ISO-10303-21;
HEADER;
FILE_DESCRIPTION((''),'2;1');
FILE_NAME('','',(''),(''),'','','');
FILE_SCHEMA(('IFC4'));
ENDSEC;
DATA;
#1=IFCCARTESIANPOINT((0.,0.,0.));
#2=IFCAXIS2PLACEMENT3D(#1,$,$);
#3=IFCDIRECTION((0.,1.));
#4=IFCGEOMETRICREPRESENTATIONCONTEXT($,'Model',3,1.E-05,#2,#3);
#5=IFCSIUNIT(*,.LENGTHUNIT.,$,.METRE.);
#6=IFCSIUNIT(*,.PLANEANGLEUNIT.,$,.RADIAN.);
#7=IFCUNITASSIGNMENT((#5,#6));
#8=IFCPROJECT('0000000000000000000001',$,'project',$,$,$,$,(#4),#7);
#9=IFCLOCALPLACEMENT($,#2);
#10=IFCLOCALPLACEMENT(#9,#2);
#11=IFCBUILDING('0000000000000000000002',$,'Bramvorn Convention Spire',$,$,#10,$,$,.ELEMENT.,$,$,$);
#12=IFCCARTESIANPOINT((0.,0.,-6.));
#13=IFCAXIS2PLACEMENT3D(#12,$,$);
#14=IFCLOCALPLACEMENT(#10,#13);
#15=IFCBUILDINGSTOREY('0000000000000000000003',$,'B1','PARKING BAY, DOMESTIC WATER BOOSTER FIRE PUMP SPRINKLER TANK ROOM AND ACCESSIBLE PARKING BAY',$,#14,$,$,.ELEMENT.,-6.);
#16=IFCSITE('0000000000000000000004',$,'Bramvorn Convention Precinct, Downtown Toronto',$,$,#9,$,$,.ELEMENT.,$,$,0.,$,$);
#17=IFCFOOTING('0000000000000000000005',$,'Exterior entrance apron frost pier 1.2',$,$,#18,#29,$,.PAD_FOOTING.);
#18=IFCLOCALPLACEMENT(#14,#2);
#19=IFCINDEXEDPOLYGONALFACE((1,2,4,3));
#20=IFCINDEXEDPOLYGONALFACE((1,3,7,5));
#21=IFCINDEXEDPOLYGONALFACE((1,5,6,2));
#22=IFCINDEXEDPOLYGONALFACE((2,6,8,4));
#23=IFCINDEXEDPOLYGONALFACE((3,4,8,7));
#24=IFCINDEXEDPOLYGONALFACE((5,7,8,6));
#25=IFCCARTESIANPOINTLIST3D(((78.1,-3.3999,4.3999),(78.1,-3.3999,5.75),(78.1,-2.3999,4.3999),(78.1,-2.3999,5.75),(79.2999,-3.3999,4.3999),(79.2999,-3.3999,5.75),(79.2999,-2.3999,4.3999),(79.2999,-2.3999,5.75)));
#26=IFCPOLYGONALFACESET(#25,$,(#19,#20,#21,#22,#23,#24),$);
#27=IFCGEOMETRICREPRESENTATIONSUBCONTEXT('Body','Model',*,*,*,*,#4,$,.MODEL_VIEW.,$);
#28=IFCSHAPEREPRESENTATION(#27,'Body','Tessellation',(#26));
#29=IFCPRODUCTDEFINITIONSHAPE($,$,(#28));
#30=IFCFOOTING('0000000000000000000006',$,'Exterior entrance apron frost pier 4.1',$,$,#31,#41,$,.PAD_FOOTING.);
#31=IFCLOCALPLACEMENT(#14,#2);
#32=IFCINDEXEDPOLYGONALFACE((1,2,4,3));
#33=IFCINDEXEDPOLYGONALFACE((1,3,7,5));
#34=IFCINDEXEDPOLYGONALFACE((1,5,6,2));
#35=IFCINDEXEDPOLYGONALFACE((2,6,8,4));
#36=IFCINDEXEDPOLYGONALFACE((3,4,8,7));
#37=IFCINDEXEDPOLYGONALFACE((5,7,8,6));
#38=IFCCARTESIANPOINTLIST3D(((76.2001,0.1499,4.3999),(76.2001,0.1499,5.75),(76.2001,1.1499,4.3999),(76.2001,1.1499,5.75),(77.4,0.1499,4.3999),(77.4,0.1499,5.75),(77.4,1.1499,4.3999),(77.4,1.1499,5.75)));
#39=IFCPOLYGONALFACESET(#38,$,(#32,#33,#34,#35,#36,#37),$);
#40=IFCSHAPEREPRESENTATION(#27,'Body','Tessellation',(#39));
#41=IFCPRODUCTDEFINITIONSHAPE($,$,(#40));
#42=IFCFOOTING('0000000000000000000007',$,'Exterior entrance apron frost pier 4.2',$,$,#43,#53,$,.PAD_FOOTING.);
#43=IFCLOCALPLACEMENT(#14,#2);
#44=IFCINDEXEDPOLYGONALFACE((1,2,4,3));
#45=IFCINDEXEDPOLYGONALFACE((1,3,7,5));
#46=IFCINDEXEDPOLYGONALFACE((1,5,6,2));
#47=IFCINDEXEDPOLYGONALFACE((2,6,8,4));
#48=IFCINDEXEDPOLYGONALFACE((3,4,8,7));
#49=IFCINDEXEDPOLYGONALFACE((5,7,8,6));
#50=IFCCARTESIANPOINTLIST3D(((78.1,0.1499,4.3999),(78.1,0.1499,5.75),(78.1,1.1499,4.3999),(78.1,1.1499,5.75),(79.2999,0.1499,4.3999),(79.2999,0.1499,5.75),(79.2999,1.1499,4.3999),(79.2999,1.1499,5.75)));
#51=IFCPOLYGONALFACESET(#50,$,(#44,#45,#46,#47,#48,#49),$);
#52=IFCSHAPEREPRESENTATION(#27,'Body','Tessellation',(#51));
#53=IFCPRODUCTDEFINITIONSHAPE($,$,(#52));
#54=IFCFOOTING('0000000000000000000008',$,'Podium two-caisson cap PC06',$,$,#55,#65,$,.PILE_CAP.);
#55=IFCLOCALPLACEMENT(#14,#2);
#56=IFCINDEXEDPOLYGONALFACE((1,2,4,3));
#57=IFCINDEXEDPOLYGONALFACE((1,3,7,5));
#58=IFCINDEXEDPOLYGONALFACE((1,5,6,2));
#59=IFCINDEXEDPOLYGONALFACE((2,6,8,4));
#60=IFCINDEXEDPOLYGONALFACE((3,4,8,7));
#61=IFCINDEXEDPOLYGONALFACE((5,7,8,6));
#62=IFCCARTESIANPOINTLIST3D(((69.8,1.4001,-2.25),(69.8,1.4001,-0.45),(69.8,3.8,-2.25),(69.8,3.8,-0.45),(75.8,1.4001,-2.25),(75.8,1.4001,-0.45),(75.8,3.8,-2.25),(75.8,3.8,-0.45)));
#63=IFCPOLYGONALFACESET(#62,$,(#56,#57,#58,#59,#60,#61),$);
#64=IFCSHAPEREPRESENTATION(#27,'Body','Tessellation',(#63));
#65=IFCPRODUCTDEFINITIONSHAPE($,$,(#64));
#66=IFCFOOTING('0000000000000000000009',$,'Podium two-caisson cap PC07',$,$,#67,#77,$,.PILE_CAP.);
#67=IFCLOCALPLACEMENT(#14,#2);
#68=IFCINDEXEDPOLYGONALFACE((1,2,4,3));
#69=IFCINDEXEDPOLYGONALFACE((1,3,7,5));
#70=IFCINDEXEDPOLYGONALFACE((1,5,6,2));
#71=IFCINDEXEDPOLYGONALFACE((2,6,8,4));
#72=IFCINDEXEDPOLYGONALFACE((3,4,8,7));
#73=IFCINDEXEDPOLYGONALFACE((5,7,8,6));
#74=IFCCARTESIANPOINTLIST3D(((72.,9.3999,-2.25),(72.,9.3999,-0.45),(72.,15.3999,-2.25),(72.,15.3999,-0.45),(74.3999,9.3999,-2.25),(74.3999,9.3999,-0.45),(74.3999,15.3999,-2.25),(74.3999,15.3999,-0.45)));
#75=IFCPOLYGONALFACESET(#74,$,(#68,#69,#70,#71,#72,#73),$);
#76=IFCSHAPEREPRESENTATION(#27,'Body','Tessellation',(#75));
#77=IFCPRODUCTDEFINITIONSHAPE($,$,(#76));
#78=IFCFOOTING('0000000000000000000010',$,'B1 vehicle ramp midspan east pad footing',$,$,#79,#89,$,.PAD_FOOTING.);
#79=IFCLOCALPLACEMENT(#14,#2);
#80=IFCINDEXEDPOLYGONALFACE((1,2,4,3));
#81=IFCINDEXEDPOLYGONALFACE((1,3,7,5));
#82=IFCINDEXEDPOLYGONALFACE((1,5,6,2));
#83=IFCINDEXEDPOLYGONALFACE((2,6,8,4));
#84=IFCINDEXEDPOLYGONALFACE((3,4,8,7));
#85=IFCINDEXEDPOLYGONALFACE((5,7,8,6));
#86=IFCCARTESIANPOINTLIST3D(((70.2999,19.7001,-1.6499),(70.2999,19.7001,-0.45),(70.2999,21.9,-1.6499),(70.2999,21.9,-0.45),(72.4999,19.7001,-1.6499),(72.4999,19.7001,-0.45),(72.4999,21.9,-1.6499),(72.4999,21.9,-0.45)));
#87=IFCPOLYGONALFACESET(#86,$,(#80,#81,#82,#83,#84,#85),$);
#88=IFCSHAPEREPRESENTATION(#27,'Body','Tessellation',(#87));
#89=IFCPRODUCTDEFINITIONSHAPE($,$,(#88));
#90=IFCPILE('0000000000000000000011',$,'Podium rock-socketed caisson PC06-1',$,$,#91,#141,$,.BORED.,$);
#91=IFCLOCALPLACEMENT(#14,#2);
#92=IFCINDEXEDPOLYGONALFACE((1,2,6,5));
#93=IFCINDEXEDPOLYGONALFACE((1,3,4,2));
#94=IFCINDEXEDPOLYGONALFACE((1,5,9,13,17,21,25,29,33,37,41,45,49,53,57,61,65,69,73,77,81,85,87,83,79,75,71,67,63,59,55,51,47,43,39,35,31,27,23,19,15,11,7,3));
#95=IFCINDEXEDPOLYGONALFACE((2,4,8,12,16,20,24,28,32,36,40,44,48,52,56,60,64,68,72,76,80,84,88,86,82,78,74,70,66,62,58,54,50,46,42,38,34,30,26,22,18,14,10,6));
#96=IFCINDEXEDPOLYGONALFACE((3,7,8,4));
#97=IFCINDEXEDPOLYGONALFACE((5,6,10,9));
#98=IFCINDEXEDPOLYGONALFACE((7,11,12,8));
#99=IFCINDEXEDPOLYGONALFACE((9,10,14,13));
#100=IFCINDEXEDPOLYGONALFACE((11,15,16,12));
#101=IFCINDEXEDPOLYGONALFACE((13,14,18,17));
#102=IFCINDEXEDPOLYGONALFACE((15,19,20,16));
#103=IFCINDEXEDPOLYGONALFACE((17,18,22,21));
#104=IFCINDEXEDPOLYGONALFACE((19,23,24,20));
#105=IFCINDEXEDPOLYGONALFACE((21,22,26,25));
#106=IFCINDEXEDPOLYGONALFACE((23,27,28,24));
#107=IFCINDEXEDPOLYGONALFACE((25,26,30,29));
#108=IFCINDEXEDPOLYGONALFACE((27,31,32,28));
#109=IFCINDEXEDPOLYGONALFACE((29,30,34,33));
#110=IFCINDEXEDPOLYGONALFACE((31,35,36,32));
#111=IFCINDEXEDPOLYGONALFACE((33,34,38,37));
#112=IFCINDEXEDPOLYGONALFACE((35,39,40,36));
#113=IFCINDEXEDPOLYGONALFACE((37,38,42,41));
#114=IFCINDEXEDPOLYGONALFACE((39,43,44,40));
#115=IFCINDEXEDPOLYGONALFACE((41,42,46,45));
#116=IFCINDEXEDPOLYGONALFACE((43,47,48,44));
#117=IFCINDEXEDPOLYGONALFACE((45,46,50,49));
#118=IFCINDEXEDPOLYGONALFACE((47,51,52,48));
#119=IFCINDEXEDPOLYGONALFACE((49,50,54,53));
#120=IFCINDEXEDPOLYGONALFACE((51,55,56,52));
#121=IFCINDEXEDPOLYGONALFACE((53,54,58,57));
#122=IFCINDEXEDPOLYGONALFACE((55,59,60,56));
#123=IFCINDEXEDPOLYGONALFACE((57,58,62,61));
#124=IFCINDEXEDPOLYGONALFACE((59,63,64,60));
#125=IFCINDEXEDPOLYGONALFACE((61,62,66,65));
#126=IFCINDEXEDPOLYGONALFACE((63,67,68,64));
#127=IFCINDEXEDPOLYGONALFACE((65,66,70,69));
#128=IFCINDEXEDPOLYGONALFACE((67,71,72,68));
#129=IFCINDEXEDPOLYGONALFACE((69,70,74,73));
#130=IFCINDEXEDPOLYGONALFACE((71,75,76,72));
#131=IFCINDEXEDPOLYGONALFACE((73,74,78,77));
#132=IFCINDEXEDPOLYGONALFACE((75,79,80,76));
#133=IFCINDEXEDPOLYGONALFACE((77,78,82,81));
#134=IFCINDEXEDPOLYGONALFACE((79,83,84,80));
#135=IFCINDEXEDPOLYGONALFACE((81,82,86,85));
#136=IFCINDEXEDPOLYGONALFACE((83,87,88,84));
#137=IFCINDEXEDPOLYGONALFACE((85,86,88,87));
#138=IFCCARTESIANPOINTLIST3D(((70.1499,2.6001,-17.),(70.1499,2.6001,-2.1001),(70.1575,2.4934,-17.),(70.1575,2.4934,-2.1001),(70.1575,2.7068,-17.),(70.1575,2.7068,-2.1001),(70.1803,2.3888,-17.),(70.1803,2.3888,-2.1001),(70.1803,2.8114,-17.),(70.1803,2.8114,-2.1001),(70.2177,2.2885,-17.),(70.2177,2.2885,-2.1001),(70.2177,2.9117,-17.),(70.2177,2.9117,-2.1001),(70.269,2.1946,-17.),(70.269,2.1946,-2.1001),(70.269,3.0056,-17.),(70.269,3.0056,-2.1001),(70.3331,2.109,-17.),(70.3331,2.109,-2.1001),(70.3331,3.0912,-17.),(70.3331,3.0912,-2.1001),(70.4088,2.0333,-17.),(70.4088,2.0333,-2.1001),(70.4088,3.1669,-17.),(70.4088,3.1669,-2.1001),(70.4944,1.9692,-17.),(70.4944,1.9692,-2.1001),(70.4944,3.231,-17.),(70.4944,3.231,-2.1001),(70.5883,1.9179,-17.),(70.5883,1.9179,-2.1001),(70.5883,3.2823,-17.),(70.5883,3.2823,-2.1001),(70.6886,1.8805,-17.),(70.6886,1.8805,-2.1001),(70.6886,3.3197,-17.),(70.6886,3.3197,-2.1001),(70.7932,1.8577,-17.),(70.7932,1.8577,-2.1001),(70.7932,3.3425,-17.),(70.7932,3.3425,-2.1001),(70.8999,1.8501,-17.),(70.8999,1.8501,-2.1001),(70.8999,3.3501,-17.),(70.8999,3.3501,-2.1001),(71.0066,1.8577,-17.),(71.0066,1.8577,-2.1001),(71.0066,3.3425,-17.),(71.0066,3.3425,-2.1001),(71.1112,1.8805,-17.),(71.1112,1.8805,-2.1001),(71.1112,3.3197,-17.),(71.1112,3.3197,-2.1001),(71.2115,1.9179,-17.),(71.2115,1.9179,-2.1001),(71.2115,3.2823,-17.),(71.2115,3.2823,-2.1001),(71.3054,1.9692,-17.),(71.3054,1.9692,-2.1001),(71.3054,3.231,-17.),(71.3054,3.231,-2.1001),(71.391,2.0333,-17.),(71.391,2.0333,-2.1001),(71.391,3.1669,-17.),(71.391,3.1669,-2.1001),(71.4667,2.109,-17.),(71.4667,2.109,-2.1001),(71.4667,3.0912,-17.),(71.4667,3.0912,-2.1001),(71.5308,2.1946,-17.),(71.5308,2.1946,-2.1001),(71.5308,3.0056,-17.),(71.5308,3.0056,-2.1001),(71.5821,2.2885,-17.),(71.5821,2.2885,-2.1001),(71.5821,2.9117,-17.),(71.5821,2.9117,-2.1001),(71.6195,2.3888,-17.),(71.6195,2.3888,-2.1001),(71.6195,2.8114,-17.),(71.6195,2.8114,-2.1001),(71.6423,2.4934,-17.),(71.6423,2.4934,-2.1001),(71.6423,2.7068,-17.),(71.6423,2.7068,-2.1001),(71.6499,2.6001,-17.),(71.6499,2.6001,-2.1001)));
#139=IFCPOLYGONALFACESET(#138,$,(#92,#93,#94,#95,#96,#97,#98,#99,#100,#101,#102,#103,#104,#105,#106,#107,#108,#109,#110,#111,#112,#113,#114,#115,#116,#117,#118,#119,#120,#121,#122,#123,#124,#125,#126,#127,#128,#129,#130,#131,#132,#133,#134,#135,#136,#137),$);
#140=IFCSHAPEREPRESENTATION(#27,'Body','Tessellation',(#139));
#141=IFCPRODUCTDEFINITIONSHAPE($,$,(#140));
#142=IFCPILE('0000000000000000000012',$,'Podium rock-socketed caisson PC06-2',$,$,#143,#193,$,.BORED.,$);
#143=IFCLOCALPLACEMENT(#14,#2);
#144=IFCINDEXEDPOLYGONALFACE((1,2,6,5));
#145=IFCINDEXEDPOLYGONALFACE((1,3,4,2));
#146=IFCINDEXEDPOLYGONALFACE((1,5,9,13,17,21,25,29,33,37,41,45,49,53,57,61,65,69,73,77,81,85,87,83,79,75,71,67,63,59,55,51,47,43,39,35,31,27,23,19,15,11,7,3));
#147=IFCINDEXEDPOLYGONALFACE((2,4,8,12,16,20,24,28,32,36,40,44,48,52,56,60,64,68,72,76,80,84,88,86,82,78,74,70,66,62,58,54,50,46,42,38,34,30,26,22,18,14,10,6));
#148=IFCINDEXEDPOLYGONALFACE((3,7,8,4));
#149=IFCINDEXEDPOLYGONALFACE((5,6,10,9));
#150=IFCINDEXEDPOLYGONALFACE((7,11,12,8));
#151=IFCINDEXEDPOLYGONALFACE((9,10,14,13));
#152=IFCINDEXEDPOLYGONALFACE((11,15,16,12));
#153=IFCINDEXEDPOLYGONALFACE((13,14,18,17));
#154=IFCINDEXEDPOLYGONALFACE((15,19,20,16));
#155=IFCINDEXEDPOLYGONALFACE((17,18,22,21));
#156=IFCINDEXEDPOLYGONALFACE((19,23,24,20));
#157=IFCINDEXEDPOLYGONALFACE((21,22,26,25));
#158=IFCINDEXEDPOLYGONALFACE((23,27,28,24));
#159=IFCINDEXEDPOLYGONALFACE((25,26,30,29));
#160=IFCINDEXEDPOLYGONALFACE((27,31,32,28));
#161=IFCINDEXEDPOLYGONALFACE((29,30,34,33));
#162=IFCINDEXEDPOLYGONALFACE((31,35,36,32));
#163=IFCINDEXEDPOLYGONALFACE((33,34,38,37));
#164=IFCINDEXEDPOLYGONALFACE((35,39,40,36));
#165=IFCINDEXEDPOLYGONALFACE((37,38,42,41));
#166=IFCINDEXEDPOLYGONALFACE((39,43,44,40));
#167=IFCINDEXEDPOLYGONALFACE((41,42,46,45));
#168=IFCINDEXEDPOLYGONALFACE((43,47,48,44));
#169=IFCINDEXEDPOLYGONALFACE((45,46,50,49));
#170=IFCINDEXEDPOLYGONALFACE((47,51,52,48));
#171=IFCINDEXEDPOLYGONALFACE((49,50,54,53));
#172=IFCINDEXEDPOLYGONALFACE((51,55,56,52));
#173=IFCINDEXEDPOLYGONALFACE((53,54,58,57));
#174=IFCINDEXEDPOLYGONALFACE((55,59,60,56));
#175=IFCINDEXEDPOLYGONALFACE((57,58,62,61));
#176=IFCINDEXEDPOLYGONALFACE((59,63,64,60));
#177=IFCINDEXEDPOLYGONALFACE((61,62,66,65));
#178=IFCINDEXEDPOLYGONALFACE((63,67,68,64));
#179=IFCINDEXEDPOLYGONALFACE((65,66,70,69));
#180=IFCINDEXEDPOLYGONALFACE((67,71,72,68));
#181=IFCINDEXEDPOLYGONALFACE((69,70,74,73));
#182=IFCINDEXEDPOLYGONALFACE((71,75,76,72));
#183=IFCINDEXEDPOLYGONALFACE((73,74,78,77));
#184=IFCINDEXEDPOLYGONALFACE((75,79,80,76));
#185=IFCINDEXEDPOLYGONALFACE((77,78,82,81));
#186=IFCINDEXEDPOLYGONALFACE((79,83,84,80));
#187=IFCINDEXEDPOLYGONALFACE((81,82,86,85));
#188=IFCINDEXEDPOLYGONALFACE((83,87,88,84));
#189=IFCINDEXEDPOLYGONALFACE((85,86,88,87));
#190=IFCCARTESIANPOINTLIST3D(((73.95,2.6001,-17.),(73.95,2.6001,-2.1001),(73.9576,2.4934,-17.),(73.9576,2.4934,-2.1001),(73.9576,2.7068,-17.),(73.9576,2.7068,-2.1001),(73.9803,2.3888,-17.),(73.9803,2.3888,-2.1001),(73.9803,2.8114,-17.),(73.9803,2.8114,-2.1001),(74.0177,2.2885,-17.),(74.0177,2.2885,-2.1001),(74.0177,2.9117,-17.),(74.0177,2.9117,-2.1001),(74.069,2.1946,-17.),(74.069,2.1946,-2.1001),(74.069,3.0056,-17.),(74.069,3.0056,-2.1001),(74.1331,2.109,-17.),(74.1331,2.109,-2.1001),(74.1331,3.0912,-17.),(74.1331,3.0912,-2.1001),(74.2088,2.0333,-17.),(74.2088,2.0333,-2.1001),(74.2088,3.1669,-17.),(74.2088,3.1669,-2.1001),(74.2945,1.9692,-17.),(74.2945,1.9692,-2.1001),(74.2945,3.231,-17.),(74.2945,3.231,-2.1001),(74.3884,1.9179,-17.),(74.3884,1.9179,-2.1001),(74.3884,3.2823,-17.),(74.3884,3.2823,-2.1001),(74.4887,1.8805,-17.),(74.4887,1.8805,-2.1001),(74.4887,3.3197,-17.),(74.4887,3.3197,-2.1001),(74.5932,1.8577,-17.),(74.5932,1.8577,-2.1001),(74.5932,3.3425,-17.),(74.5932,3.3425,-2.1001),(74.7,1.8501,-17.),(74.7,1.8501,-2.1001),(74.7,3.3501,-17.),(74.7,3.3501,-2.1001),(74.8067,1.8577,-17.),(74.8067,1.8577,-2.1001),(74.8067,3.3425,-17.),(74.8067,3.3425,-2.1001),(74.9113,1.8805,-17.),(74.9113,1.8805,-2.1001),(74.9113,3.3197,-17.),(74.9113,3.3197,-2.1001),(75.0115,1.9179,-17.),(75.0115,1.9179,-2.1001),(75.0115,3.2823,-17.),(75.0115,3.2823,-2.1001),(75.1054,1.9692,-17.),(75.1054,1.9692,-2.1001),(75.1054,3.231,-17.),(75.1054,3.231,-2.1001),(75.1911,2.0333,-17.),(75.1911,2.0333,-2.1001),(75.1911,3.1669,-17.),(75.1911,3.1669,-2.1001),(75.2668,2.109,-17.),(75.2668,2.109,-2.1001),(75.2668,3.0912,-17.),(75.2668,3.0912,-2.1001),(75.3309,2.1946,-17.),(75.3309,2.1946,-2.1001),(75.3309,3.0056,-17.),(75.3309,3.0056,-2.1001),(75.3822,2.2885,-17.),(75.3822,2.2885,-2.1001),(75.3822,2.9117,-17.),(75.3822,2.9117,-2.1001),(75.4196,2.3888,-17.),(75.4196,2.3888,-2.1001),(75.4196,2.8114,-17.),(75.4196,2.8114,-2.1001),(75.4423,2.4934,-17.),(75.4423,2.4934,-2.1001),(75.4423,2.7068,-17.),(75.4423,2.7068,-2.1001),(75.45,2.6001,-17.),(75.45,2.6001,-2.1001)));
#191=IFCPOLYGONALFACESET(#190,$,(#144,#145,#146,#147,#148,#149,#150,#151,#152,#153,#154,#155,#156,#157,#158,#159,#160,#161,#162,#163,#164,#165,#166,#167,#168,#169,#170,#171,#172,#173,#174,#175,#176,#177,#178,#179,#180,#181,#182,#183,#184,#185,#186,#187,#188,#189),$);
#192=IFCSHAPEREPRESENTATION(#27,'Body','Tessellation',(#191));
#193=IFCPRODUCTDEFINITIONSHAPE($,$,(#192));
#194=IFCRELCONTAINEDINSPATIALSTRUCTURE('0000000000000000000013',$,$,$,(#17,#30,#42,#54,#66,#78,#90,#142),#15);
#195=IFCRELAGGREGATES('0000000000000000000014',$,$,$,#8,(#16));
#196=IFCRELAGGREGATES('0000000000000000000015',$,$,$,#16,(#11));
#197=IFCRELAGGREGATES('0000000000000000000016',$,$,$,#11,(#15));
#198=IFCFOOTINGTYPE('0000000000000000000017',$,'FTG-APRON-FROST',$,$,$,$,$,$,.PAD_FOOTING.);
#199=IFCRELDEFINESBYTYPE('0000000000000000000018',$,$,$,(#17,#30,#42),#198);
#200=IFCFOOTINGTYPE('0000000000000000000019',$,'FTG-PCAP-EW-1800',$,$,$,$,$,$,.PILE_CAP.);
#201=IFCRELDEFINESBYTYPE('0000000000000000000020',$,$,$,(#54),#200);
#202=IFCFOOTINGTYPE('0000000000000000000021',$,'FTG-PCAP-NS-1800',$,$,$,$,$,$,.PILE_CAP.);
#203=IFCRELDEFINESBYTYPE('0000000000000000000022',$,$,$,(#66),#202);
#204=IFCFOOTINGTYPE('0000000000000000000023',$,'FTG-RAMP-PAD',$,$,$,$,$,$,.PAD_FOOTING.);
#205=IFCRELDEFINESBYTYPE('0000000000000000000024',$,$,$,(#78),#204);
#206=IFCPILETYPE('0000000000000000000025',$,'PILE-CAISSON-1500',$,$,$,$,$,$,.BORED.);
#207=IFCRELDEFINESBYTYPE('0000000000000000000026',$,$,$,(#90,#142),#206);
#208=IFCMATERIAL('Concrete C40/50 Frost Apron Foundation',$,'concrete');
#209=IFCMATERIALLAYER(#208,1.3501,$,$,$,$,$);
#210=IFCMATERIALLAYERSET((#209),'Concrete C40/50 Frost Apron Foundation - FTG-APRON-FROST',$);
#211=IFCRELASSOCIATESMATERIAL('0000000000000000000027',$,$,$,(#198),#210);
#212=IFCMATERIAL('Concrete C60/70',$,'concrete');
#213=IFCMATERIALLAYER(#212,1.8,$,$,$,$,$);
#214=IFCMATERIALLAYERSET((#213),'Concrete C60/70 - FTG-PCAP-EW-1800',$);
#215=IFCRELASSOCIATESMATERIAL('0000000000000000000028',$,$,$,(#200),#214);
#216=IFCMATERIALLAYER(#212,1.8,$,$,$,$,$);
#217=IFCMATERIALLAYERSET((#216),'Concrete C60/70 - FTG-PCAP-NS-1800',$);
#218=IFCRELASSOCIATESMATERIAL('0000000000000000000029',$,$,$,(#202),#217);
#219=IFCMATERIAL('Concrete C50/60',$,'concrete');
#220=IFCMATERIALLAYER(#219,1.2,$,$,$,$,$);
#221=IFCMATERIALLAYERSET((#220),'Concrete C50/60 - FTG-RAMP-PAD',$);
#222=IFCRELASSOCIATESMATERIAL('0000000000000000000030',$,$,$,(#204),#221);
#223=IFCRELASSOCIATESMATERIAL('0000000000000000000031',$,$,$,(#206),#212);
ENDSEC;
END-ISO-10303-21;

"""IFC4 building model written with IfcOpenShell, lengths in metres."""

from ifc_helpers import new_model, si_unit, direction, frame, origin, origin_2d, place, context, subcontext, project, spatial, rectangle, circle, extrude, material, layer, layer_set, material_profile, profile_set, type_object, element, save


model = new_model("IFC4")

# Units and contexts
model_context = context("Model", 3, precision=1e-05, world=origin(), true_north=direction((0.0, 1.0)))
body_context = subcontext(model_context, "Body", "Model", "MODEL_VIEW")
ifc_project = project(units=[si_unit("LENGTHUNIT", "METRE"), si_unit("PLANEANGLEUNIT", "RADIAN")], contexts=[model_context])

# Site, building, storey
site_placement = place(None, origin())
site = spatial("IfcSite", under=ifc_project, at=site_placement, Name="Bramvorn Convention Precinct, Downtown Toronto", CompositionType="ELEMENT", RefElevation=0.0)
building_placement = place(site_placement, origin())
building = spatial("IfcBuilding", under=site, at=building_placement, Name="Bramvorn Convention Spire", CompositionType="ELEMENT")
storey_placement = place(building_placement, frame((0.0, 0.0, -6.0)))
storey = spatial("IfcBuildingStorey", under=building, at=storey_placement, Name="B1", Description="PARKING BAY, DOMESTIC WATER BOOSTER FIRE PUMP SPRINKLER TANK ROOM AND ACCESSIBLE PARKING BAY", CompositionType="ELEMENT", Elevation=-6.0)

# Footings
ifc_material_1 = material(Name="Concrete C40/50 Frost Apron Foundation", Category="concrete")
ifc_layer_1 = layer(ifc_material_1, 1.3501)
ifc_layer_set_1 = layer_set([ifc_layer_1], Name="Concrete C40/50 Frost Apron Foundation - FTG-APRON-FROST")
footing_type_1 = type_object("IfcFootingType", Name="FTG-APRON-FROST", PredefinedType="PAD_FOOTING", material=ifc_layer_set_1)
for number, where, z_axis, x_axis, name in (
    (1, (78.7, -2.8999, 4.3999), (0.0, 0.0, 1.0), (1.0, 0.0, 0.0), "Exterior entrance apron frost pier 1.2"),
    (2, (76.8, 0.6499, 4.3999), (0.0, 0.0, 1.0), (1.0, 0.0, 0.0), "Exterior entrance apron frost pier 4.1"),
    (3, (78.7, 0.6499, 4.3999), (0.0, 0.0, 1.0), (1.0, 0.0, 0.0), "Exterior entrance apron frost pier 4.2"),
):
    element("IfcFooting", number, at=place(storey_placement, frame(where, z_axis=z_axis, x_axis=x_axis)), inside=storey, type_object=footing_type_1, Name=name, PredefinedType="PAD_FOOTING", context=body_context, shape_type="SweptSolid", body=[
        extrude(rectangle(XDim=1.2, YDim=1.0, at=origin_2d()), origin(), (0.0, 0.0, 1.0), 1.3501),
    ])
ifc_material_2 = material(Name="Concrete C60/70", Category="concrete")
ifc_layer_2 = layer(ifc_material_2, 1.8)
ifc_layer_set_2 = layer_set([ifc_layer_2], Name="Concrete C60/70 - FTG-PCAP-EW-1800")
footing_type_2 = type_object("IfcFootingType", Name="FTG-PCAP-EW-1800", PredefinedType="PILE_CAP", material=ifc_layer_set_2)
footing_1_placement = place(storey_placement, frame((72.8, 2.6001, -2.25), z_axis=(0.0, 0.0, 1.0), x_axis=(1.0, 0.0, 0.0)))
element("IfcFooting", 4, at=footing_1_placement, inside=storey, type_object=footing_type_2, Name="Podium two-caisson cap PC06", PredefinedType="PILE_CAP", context=body_context, shape_type="SweptSolid", body=[
    extrude(rectangle(XDim=6.0, YDim=2.3999, at=origin_2d()), origin(), (0.0, 0.0, 1.0), 1.8),
])
ifc_layer_3 = layer(ifc_material_2, 1.8)
ifc_layer_set_3 = layer_set([ifc_layer_3], Name="Concrete C60/70 - FTG-PCAP-NS-1800")
footing_type_3 = type_object("IfcFootingType", Name="FTG-PCAP-NS-1800", PredefinedType="PILE_CAP", material=ifc_layer_set_3)
footing_2_placement = place(storey_placement, frame((73.2, 12.3999, -2.25), z_axis=(0.0, 0.0, 1.0), x_axis=(1.0, 0.0, 0.0)))
element("IfcFooting", 5, at=footing_2_placement, inside=storey, type_object=footing_type_3, Name="Podium two-caisson cap PC07", PredefinedType="PILE_CAP", context=body_context, shape_type="SweptSolid", body=[
    extrude(rectangle(XDim=2.3999, YDim=6.0, at=origin_2d()), origin(), (0.0, 0.0, 1.0), 1.8),
])
ifc_material_3 = material(Name="Concrete C50/60", Category="concrete")
ifc_layer_4 = layer(ifc_material_3, 1.2)
ifc_layer_set_4 = layer_set([ifc_layer_4], Name="Concrete C50/60 - FTG-RAMP-PAD")
footing_type_4 = type_object("IfcFootingType", Name="FTG-RAMP-PAD", PredefinedType="PAD_FOOTING", material=ifc_layer_set_4)
footing_3_placement = place(storey_placement, frame((71.3999, 20.8, -1.6499), z_axis=(0.0, 0.0, 1.0), x_axis=(1.0, 0.0, 0.0)))
element("IfcFooting", 6, at=footing_3_placement, inside=storey, type_object=footing_type_4, Name="B1 vehicle ramp midspan east pad footing", PredefinedType="PAD_FOOTING", context=body_context, shape_type="SweptSolid", body=[
    extrude(rectangle(XDim=2.2, YDim=2.2, at=origin_2d()), origin(), (0.0, 0.0, 1.0), 1.2),
])

# Piles
ifc_material_profile_1 = material_profile(ifc_material_2, circle(Radius=0.75, at=origin_2d()))
ifc_profile_set_1 = profile_set([ifc_material_profile_1], Name="Concrete C60/70 - CAISSON1500")
pile_type_1 = type_object("IfcPileType", Name="PILE-CAISSON-1500", PredefinedType="BORED", material=ifc_profile_set_1)
for number, where, z_axis, x_axis, name in (
    (7, (70.8999, 2.6001, -2.1001), (0.0, 0.0, -1.0), (1.0, 0.0, 0.0), "Podium rock-socketed caisson PC06-1"),
    (8, (74.7, 2.6001, -2.1001), (0.0, 0.0, -1.0), (1.0, 0.0, 0.0), "Podium rock-socketed caisson PC06-2"),
):
    element("IfcPile", number, at=place(storey_placement, frame(where, z_axis=z_axis, x_axis=x_axis)), inside=storey, type_object=pile_type_1, Name=name, PredefinedType="BORED", context=body_context, shape_type="SweptSolid", body=[
        extrude(circle(Radius=0.75, at=origin_2d()), origin(), (0.0, 0.0, 1.0), 14.8999),
    ])

save(model, "model.ifc")
